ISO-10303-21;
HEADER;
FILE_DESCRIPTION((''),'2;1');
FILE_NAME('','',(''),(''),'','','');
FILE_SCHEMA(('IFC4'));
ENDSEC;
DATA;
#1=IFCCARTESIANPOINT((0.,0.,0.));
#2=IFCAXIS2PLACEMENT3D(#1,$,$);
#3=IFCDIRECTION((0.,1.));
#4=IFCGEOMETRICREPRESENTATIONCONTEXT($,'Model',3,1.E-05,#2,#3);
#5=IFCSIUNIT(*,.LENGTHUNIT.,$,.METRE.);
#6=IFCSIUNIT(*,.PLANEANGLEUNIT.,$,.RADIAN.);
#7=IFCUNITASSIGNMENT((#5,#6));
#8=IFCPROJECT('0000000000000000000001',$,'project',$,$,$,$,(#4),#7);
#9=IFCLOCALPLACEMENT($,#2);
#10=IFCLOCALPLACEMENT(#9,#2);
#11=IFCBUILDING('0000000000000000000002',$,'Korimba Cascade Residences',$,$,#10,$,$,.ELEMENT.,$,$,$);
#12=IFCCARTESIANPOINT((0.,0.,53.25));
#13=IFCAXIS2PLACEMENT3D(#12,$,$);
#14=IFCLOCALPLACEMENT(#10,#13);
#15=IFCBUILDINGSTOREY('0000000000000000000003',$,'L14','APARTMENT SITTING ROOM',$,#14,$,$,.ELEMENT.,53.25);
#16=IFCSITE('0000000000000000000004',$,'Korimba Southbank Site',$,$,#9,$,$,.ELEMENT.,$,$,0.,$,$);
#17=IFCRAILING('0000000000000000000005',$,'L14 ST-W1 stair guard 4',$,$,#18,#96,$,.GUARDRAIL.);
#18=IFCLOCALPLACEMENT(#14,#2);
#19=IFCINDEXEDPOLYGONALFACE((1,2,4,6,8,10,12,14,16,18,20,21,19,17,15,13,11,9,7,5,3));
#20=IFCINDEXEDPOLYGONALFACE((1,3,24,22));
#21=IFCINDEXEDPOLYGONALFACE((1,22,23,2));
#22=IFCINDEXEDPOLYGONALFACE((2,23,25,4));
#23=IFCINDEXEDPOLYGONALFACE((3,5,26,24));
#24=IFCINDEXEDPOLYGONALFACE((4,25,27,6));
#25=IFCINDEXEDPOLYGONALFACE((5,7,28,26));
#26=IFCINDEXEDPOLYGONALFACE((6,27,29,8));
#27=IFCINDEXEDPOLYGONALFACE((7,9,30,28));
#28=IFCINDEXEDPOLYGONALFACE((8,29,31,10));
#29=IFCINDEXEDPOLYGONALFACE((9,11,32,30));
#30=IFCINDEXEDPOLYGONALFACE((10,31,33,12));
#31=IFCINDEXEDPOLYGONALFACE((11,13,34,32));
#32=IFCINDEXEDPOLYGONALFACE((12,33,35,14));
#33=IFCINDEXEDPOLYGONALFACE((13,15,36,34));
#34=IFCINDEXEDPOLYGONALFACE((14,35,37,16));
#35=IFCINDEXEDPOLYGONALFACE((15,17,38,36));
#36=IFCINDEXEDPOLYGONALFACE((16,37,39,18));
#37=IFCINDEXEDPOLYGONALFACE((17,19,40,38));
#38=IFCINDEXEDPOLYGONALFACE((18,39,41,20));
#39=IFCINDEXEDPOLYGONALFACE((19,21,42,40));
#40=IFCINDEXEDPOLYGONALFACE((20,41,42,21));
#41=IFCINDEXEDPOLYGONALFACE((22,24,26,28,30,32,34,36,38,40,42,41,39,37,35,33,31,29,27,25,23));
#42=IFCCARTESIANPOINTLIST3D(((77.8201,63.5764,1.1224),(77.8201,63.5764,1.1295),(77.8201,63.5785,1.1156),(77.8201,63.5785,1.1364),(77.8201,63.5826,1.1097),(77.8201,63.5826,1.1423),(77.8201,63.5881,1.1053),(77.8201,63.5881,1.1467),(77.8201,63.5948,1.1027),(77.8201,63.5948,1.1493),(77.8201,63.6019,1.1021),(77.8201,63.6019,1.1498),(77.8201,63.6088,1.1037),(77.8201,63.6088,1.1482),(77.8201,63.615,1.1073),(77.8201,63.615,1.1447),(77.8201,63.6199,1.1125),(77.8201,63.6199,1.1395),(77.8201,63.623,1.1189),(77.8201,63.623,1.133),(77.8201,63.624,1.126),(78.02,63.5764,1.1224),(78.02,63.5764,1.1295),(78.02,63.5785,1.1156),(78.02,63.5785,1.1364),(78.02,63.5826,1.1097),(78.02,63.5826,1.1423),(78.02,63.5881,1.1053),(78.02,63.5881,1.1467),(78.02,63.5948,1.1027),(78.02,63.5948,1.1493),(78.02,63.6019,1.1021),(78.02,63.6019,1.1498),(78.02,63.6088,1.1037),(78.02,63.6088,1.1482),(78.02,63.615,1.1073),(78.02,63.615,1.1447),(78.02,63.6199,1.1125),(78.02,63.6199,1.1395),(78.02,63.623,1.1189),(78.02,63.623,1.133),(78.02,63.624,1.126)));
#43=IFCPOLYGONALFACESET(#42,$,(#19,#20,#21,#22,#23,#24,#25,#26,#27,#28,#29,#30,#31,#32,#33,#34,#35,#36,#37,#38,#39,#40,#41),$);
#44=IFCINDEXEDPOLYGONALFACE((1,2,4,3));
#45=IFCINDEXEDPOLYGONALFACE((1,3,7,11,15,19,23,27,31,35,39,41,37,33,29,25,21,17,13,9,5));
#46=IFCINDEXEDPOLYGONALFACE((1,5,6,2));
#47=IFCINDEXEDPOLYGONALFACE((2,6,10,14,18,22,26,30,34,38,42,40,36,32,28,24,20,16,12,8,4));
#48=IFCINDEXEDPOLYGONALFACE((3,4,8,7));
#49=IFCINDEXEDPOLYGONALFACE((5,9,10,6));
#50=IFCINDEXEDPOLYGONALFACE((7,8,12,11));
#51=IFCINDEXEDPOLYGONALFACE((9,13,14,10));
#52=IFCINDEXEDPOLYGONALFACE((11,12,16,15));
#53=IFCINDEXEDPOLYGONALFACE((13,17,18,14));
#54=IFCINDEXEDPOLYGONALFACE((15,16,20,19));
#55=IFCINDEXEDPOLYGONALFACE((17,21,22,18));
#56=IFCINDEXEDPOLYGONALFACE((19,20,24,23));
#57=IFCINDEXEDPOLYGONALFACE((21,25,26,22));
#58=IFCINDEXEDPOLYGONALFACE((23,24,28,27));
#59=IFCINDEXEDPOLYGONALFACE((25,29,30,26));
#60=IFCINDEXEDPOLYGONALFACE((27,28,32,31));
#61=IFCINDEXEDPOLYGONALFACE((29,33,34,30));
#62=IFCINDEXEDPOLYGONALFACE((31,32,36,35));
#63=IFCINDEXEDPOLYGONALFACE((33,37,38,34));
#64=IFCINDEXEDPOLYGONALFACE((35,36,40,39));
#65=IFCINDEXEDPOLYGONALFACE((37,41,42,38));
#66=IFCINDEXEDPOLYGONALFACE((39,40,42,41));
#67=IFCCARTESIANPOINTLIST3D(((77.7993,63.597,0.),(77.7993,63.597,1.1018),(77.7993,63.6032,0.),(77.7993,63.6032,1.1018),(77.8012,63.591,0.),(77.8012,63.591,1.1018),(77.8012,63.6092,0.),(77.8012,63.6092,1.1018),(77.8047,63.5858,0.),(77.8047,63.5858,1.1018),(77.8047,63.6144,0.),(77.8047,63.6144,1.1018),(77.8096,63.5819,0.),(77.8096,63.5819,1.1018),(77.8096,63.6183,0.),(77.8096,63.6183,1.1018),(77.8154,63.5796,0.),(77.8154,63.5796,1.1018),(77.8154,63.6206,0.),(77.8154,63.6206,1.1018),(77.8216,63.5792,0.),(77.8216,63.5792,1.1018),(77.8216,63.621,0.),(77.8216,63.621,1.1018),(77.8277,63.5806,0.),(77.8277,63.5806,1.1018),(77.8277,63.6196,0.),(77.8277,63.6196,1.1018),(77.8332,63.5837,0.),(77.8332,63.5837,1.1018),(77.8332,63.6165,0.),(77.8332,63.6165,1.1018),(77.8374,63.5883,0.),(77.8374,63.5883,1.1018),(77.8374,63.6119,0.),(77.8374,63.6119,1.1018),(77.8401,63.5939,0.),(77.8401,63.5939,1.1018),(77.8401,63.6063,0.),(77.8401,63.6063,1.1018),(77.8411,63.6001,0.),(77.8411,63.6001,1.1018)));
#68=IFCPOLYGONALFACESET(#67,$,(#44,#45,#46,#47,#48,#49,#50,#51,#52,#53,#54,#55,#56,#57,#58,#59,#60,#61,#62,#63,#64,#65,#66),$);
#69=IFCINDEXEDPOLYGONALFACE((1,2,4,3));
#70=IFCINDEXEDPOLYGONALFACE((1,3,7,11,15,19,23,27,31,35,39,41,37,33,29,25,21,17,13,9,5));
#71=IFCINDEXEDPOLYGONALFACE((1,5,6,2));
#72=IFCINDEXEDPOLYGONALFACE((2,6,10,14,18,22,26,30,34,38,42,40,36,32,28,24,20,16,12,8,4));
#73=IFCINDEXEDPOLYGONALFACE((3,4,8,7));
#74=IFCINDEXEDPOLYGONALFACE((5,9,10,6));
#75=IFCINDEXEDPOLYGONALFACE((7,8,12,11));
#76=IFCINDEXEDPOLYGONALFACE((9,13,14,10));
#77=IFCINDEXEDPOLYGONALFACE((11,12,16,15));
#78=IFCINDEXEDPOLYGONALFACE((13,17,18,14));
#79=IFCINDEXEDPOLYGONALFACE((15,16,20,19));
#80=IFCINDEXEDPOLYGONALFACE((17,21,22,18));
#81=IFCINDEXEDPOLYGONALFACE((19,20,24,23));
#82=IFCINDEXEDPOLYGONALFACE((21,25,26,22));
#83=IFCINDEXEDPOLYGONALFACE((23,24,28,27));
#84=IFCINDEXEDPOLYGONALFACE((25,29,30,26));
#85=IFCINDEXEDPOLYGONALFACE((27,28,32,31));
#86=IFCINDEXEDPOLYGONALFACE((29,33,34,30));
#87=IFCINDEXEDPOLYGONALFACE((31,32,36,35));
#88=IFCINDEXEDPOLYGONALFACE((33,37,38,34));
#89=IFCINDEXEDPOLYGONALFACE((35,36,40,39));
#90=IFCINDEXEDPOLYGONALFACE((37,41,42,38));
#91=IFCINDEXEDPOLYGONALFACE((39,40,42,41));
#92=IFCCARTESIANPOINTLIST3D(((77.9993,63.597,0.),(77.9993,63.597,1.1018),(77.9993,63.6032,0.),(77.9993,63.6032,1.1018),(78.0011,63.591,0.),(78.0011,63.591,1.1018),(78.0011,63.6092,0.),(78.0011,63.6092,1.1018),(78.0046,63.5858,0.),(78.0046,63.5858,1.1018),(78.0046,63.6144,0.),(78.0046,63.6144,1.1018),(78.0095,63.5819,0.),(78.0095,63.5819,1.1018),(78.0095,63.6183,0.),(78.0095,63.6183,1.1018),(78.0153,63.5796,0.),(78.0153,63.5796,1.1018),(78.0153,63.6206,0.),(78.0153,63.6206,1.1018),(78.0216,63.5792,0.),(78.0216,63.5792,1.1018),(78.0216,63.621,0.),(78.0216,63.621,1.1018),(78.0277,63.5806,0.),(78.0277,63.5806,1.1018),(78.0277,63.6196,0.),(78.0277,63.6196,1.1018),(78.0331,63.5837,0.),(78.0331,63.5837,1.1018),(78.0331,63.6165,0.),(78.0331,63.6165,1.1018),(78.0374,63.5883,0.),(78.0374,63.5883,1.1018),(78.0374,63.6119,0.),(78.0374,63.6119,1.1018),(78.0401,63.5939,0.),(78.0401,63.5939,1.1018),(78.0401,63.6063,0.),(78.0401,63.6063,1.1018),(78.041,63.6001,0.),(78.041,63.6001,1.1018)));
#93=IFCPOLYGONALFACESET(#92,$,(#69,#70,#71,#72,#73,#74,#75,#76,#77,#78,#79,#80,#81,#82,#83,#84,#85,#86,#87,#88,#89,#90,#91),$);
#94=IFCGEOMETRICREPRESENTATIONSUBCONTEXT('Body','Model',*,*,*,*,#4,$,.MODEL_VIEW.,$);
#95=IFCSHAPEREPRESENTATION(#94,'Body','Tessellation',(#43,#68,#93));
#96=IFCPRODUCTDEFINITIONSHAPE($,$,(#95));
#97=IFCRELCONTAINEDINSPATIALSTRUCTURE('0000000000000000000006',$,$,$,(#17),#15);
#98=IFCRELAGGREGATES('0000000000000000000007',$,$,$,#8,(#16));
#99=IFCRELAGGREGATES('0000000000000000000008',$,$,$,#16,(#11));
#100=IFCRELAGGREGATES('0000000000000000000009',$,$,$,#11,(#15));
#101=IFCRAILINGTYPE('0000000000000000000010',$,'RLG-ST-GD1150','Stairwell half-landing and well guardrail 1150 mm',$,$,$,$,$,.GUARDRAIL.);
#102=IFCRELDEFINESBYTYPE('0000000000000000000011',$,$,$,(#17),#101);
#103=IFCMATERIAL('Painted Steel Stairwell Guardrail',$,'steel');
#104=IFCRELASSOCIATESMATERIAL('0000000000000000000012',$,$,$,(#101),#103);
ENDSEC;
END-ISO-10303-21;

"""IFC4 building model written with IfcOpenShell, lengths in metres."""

from ifc_helpers import new_model, si_unit, direction, frame, origin, origin_2d, place, context, subcontext, project, spatial, circle, extrude, material, type_object, element, save


model = new_model("IFC4")

# Units and contexts
model_context = context("Model", 3, precision=1e-05, world=origin(), true_north=direction((0.0, 1.0)))
body_context = subcontext(model_context, "Body", "Model", "MODEL_VIEW")
ifc_project = project(units=[si_unit("LENGTHUNIT", "METRE"), si_unit("PLANEANGLEUNIT", "RADIAN")], contexts=[model_context])

# Site, building, storey
site_placement = place(None, origin())
site = spatial("IfcSite", under=ifc_project, at=site_placement, Name="Korimba Southbank Site", CompositionType="ELEMENT", RefElevation=0.0)
building_placement = place(site_placement, origin())
building = spatial("IfcBuilding", under=site, at=building_placement, Name="Korimba Cascade Residences", CompositionType="ELEMENT")
storey_placement = place(building_placement, frame((0.0, 0.0, 53.25)))
storey = spatial("IfcBuildingStorey", under=building, at=storey_placement, Name="L14", Description="APARTMENT SITTING ROOM", CompositionType="ELEMENT", Elevation=53.25)

# Railing
ifc_material_1 = material(Name="Painted Steel Stairwell Guardrail", Category="steel")
railing_type_1 = type_object("IfcRailingType", Name="RLG-ST-GD1150", Description="Stairwell half-landing and well guardrail 1150 mm", PredefinedType="GUARDRAIL", material=ifc_material_1)
railing_1_placement = place(storey_placement, frame((77.8201, 63.6001, 0.0)))
element("IfcRailing", 1, at=railing_1_placement, inside=storey, type_object=railing_type_1, Name="L14 ST-W1 stair guard 4", PredefinedType="GUARDRAIL", context=body_context, shape_type="SweptSolid", body=[
    extrude(circle(Radius=0.0239, at=origin_2d()), frame((0.0, 0.0, 1.126), z_axis=(1.0, 0.0, 0.0), x_axis=(0.0, 1.0, 0.0)), (0.0, 0.0, 1.0), 0.2),
    extrude(circle(Radius=0.021, at=origin_2d()), origin(), (0.0, 0.0, 1.0), 1.1018),
    extrude(circle(Radius=0.021, at=origin_2d()), frame((0.2, 0.0, 0.0)), (0.0, 0.0, 1.0), 1.1018),
])

save(model, "model.ifc")
